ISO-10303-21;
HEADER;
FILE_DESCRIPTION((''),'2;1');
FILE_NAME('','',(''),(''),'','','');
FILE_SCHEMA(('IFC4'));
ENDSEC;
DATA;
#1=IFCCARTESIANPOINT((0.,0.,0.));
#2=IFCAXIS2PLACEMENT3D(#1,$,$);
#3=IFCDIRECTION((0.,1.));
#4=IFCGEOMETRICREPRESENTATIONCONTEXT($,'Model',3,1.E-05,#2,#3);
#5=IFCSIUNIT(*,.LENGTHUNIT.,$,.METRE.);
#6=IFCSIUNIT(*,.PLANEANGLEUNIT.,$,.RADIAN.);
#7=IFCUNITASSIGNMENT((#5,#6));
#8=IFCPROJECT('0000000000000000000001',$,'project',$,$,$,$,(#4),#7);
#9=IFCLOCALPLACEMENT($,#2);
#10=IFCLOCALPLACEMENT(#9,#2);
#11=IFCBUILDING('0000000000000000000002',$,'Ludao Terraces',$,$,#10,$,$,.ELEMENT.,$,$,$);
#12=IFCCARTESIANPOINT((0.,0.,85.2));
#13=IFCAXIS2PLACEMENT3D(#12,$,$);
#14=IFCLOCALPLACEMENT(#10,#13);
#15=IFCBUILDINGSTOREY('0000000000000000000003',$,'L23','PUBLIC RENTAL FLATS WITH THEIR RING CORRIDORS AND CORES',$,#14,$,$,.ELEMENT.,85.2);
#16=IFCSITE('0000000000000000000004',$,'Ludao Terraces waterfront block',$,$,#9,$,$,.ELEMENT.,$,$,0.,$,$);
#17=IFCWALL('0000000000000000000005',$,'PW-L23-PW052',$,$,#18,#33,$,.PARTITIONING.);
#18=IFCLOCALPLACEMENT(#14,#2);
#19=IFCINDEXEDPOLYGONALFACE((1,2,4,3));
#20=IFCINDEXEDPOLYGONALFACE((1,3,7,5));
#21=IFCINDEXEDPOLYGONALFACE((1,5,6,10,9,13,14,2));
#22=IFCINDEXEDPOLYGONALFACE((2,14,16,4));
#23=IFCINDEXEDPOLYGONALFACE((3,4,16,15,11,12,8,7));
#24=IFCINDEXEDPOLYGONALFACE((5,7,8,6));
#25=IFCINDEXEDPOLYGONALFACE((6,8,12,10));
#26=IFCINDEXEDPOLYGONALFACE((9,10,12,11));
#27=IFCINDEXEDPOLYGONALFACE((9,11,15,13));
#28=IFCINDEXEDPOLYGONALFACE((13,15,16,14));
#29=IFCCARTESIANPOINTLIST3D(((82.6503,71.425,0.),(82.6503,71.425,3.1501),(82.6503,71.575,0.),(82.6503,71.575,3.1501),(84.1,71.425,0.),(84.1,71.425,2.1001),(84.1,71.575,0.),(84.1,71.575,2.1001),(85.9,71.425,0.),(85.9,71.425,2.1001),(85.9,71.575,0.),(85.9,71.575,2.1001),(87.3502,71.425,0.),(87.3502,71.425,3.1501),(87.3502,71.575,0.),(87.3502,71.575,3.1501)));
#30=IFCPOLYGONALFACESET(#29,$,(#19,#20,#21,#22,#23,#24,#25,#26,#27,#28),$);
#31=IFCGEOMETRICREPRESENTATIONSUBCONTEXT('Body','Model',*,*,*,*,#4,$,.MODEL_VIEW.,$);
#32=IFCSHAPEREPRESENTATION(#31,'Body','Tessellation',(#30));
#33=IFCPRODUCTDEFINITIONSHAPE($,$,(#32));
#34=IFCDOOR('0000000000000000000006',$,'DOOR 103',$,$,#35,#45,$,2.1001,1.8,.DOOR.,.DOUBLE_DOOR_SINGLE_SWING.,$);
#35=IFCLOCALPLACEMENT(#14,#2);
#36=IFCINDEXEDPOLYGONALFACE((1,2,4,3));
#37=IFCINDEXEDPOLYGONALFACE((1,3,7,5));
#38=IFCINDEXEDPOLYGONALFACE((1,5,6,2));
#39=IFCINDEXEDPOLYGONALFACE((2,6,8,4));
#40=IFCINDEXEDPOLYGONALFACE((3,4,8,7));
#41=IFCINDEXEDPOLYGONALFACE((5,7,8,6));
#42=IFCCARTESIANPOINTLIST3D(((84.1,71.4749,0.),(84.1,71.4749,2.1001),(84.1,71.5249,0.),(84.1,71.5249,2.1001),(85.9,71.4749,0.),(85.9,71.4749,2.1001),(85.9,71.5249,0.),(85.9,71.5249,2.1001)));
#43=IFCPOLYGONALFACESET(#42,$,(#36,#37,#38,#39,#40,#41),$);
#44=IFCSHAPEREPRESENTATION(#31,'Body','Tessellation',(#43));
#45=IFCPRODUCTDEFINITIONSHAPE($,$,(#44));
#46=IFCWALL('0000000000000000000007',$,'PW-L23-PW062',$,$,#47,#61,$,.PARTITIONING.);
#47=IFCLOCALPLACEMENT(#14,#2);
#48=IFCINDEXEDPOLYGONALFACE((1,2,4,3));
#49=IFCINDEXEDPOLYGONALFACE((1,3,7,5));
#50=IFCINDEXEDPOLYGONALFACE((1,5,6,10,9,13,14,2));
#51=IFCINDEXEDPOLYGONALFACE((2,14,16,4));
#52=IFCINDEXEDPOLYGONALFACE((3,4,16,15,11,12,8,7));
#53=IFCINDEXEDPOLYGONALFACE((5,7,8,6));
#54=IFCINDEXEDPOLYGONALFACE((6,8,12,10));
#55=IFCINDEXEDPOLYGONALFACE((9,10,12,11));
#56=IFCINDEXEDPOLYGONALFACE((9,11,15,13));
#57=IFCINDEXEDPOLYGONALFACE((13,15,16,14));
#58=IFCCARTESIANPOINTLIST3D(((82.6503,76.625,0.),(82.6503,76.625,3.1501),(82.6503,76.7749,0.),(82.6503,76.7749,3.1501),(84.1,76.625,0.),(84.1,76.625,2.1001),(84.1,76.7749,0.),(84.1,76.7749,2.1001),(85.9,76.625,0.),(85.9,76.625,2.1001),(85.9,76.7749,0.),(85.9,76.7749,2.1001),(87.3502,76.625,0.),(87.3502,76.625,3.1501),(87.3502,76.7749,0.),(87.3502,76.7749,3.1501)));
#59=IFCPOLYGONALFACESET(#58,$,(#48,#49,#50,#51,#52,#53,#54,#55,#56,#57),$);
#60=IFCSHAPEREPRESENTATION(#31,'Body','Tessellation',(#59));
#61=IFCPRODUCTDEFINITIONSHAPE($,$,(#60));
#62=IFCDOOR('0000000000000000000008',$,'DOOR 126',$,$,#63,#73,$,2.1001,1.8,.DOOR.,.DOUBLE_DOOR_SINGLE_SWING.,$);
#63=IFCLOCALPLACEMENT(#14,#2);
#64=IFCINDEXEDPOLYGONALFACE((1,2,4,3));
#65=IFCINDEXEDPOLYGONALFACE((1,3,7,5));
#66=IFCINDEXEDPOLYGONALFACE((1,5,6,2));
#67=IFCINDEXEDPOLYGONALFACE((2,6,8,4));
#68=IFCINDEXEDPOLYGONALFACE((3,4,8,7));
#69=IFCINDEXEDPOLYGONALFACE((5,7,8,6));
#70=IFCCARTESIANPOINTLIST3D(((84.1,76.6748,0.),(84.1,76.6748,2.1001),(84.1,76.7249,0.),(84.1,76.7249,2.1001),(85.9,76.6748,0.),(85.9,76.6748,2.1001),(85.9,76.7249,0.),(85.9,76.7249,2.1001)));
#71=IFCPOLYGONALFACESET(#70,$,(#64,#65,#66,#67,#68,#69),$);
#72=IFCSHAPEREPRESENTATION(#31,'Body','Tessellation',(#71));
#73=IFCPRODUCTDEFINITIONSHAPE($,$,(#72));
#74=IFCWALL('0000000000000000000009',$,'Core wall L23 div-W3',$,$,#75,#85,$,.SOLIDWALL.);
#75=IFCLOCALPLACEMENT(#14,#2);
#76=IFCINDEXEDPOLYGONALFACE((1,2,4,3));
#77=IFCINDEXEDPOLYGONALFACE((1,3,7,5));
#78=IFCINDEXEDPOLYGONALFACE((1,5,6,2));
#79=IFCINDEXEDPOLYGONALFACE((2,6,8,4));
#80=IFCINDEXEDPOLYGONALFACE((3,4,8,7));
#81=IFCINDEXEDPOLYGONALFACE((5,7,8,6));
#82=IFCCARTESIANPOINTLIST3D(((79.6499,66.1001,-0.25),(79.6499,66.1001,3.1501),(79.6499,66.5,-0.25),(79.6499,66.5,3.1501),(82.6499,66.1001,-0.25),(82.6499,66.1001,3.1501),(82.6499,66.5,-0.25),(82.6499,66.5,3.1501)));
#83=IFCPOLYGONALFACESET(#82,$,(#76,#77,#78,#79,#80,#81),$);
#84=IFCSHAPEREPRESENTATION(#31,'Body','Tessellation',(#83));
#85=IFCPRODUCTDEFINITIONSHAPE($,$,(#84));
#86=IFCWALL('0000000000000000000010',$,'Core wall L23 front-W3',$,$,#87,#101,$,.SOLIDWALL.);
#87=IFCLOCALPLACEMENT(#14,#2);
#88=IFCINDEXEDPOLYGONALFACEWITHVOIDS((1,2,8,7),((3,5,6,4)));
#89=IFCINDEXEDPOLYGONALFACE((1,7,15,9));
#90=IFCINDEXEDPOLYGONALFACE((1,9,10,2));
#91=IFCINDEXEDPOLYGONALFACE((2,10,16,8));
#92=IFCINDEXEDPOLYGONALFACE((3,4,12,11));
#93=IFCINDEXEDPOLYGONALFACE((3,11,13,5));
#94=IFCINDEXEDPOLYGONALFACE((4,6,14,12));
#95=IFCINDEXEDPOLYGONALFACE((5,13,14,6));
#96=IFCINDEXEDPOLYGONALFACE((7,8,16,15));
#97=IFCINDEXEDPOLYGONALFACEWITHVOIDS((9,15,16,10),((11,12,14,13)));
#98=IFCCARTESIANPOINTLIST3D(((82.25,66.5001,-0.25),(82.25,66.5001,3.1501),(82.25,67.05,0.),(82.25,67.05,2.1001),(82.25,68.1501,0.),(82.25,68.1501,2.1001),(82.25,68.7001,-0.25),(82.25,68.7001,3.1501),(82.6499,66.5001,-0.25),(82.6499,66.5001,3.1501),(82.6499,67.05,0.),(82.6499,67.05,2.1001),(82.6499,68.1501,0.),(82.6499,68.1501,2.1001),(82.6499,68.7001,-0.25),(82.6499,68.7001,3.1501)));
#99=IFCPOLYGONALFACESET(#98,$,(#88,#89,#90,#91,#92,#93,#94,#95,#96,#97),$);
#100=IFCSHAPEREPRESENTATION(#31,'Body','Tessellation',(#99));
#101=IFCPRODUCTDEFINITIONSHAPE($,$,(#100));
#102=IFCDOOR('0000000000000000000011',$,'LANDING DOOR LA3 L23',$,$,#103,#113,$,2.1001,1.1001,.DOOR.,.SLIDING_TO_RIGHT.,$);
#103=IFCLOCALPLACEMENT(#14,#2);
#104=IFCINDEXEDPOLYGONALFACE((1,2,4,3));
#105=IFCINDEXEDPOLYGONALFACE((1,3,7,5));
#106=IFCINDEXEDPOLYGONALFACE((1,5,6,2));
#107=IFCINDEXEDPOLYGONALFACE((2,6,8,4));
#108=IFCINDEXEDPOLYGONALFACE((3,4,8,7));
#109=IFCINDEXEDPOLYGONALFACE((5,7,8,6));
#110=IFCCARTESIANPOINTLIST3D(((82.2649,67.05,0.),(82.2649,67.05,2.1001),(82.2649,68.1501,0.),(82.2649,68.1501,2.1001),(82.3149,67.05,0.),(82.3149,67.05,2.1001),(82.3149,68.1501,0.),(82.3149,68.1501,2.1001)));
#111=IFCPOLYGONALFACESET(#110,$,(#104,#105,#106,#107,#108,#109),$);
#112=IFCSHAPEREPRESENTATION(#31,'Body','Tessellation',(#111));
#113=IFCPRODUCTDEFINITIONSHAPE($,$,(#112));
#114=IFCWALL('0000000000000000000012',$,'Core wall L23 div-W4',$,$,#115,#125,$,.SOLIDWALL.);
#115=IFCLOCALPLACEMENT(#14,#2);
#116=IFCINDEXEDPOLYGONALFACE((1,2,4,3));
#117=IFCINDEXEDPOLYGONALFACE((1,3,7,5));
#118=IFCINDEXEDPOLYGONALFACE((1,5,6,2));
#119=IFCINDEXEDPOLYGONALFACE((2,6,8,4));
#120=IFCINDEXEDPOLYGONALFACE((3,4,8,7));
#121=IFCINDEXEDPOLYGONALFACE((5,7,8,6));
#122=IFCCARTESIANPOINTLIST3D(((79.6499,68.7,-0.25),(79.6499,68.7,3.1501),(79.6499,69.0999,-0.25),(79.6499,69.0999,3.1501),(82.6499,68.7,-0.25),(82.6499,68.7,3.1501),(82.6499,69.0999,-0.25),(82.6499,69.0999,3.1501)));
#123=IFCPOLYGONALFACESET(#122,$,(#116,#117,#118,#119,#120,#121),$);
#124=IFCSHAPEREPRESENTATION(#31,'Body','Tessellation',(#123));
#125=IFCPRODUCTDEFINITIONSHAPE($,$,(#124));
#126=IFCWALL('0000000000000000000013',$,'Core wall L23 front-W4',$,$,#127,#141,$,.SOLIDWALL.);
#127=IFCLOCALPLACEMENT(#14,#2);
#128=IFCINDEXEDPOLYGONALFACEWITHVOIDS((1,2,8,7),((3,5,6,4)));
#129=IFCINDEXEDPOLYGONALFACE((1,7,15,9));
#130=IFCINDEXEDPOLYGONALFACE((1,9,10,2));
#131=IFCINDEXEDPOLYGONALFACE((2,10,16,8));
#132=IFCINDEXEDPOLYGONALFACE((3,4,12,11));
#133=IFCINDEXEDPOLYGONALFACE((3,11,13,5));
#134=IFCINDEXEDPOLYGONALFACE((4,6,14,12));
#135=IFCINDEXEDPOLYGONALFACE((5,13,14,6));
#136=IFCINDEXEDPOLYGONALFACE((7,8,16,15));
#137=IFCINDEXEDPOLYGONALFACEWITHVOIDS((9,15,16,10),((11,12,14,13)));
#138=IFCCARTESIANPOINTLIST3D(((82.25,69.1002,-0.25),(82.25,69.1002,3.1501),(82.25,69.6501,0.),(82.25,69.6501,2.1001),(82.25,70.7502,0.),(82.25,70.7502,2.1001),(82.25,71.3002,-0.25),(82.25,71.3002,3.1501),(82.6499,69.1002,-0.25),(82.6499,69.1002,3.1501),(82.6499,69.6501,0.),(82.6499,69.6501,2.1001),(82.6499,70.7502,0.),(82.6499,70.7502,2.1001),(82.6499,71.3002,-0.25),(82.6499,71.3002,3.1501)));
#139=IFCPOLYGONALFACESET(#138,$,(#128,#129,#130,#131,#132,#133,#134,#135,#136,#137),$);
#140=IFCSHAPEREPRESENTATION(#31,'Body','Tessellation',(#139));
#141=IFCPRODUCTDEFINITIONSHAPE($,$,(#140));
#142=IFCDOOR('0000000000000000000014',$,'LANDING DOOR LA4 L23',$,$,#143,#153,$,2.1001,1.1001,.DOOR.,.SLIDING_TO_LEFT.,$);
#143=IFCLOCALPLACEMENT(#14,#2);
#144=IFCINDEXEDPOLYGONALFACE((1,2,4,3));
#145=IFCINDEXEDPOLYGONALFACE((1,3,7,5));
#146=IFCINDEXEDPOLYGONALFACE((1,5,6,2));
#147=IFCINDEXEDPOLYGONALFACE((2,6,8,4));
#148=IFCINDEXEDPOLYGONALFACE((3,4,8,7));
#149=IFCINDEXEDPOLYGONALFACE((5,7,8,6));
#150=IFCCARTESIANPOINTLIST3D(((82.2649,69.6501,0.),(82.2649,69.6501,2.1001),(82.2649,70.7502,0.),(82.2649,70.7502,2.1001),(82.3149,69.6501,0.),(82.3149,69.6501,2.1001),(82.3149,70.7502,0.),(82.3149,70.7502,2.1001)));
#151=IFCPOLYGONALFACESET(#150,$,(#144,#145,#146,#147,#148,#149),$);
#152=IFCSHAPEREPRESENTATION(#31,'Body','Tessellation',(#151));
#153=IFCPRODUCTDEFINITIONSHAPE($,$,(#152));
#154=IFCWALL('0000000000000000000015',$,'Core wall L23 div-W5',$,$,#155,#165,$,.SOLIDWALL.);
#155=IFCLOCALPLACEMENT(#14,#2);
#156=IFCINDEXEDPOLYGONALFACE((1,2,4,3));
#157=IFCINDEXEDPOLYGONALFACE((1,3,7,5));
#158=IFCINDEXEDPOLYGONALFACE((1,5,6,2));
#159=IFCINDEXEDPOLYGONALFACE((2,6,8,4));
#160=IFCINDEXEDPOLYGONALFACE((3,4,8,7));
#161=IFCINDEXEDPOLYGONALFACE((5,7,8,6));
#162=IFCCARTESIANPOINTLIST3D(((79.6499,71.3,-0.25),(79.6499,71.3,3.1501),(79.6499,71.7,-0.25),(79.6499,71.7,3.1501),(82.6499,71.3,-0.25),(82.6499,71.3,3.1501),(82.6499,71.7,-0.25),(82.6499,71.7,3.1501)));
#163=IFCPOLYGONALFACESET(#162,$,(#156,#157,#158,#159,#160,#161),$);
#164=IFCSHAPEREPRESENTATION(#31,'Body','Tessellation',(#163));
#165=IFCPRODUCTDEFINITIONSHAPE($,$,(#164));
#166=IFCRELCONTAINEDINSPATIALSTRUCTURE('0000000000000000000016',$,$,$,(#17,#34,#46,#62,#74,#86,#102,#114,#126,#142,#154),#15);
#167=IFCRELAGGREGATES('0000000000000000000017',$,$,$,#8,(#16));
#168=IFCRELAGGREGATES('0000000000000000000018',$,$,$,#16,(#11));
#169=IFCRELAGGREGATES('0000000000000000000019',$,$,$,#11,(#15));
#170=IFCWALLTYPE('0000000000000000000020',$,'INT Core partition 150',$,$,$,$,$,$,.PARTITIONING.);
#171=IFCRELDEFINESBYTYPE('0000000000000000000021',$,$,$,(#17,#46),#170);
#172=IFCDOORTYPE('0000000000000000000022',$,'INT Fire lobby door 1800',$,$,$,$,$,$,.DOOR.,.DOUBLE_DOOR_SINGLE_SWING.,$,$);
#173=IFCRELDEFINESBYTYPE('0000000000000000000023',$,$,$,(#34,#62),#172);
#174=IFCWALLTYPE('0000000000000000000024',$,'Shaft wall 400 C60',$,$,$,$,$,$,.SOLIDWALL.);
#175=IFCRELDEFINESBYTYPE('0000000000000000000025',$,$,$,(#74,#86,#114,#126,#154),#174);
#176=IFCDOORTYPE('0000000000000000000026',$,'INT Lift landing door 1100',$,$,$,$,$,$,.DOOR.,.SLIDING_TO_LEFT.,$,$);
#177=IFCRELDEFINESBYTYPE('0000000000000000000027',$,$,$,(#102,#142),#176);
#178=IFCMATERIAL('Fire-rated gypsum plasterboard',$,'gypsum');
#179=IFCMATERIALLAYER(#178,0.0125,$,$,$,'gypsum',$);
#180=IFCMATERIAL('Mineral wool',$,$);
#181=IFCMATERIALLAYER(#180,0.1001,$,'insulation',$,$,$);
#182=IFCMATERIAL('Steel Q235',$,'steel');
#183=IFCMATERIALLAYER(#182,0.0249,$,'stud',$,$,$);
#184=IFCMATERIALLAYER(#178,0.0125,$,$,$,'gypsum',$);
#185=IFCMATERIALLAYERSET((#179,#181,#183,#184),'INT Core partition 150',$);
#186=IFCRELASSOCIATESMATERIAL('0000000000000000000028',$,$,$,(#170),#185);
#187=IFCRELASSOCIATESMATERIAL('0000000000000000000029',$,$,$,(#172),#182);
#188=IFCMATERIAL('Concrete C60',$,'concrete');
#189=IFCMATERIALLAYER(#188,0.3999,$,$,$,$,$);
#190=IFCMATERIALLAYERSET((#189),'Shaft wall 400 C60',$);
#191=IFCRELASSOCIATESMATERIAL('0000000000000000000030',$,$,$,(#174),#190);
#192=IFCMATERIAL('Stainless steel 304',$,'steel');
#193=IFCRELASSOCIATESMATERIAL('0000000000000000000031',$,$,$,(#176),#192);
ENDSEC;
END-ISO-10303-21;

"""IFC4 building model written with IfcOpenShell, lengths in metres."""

from ifc_helpers import new_model, si_unit, direction, frame, frame_2d, origin, place, context, subcontext, project, spatial, rectangle, extrude, material, layer, layer_set, type_object, element, fill, save


model = new_model("IFC4")

# Units and contexts
model_context = context("Model", 3, precision=1e-05, world=origin(), true_north=direction((0.0, 1.0)))
body_context = subcontext(model_context, "Body", "Model", "MODEL_VIEW")
ifc_project = project(units=[si_unit("LENGTHUNIT", "METRE"), si_unit("PLANEANGLEUNIT", "RADIAN")], contexts=[model_context])

# Site, building, storey
site_placement = place(None, origin())
site = spatial("IfcSite", under=ifc_project, at=site_placement, Name="Ludao Terraces waterfront block", CompositionType="ELEMENT", RefElevation=0.0)
building_placement = place(site_placement, origin())
building = spatial("IfcBuilding", under=site, at=building_placement, Name="Ludao Terraces", CompositionType="ELEMENT")
storey_placement = place(building_placement, frame((0.0, 0.0, 85.2)))
storey = spatial("IfcBuildingStorey", under=building, at=storey_placement, Name="L23", Description="PUBLIC RENTAL FLATS WITH THEIR RING CORRIDORS AND CORES", CompositionType="ELEMENT", Elevation=85.2)

# Walls, openings, doors
ifc_material_1 = material(Name="Fire-rated gypsum plasterboard", Category="gypsum")
ifc_layer_1 = layer(ifc_material_1, 0.0125, Category="gypsum")
ifc_material_2 = material(Name="Mineral wool")
ifc_layer_2 = layer(ifc_material_2, 0.1001, Name="insulation")
ifc_material_3 = material(Name="Steel Q235", Category="steel")
ifc_layer_3 = layer(ifc_material_3, 0.0249, Name="stud")
ifc_layer_4 = layer(ifc_material_1, 0.0125, Category="gypsum")
ifc_layer_set_1 = layer_set([ifc_layer_1, ifc_layer_2, ifc_layer_3, ifc_layer_4], Name="INT Core partition 150")
wall_type_1 = type_object("IfcWallType", Name="INT Core partition 150", PredefinedType="PARTITIONING", material=ifc_layer_set_1)
wall_1_placement = place(storey_placement, frame((82.6501, 71.5, 0.0), z_axis=(0.0, 0.0, 1.0), x_axis=(1.0, 0.0, 0.0)))
wall_1 = element("IfcWall", 1, at=wall_1_placement, inside=storey, type_object=wall_type_1, Name="PW-L23-PW052", PredefinedType="PARTITIONING", context=body_context, shape_type="SweptSolid", body=[
    extrude(rectangle(XDim=4.7, YDim=0.1499, at=frame_2d((2.3501, 0.0))), origin(), (0.0, 0.0, 1.0), 3.1501),
])
opening_1_placement = place(wall_1_placement, frame((1.45, 0.0, 0.0)))
opening_1 = element("IfcOpeningElement", 2, at=opening_1_placement, cuts=wall_1, PredefinedType="OPENING", context=body_context, shape_type="SweptSolid", body=[
    extrude(rectangle(XDim=1.8, YDim=2.1001, at=frame_2d((0.8999, 1.05))), frame((0.0, 0.085, 0.0), z_axis=(0.0, -1.0, 0.0), x_axis=(1.0, 0.0, 0.0)), (0.0, 0.0, 1.0), 0.1699),
])
door_type_1 = type_object("IfcDoorType", Name="INT Fire lobby door 1800", OperationType="DOUBLE_DOOR_SINGLE_SWING", PredefinedType="DOOR", material=ifc_material_3)
door_1_placement = place(opening_1_placement, origin())
door_1 = element("IfcDoor", 3, at=door_1_placement, inside=storey, type_object=door_type_1, Name="DOOR 103", OperationType="DOUBLE_DOOR_SINGLE_SWING", OverallHeight=2.1001, OverallWidth=1.8, PredefinedType="DOOR", context=body_context, shape_type="SweptSolid", body=[
    extrude(rectangle(XDim=1.8, YDim=2.1001, at=frame_2d((0.8999, 1.05))), frame((0.0, 0.0249, 0.0), z_axis=(0.0, -1.0, 0.0), x_axis=(1.0, 0.0, 0.0)), (0.0, 0.0, 1.0), 0.05),
])
fill(opening_1, door_1)
wall_2_placement = place(storey_placement, frame((82.6501, 76.7, 0.0), z_axis=(0.0, 0.0, 1.0), x_axis=(1.0, 0.0, 0.0)))
wall_2 = element("IfcWall", 4, at=wall_2_placement, inside=storey, type_object=wall_type_1, Name="PW-L23-PW062", PredefinedType="PARTITIONING", context=body_context, shape_type="SweptSolid", body=[
    extrude(rectangle(XDim=4.7, YDim=0.1499, at=frame_2d((2.3501, 0.0))), origin(), (0.0, 0.0, 1.0), 3.1501),
])
opening_2_placement = place(wall_2_placement, frame((1.45, 0.0, 0.0)))
opening_2 = element("IfcOpeningElement", 5, at=opening_2_placement, cuts=wall_2, PredefinedType="OPENING", context=body_context, shape_type="SweptSolid", body=[
    extrude(rectangle(XDim=1.8, YDim=2.1001, at=frame_2d((0.8999, 1.05))), frame((0.0, 0.085, 0.0), z_axis=(0.0, -1.0, 0.0), x_axis=(1.0, 0.0, 0.0)), (0.0, 0.0, 1.0), 0.1699),
])
door_2_placement = place(opening_2_placement, origin())
door_2 = element("IfcDoor", 6, at=door_2_placement, inside=storey, type_object=door_type_1, Name="DOOR 126", OperationType="DOUBLE_DOOR_SINGLE_SWING", OverallHeight=2.1001, OverallWidth=1.8, PredefinedType="DOOR", context=body_context, shape_type="SweptSolid", body=[
    extrude(rectangle(XDim=1.8, YDim=2.1001, at=frame_2d((0.8999, 1.05))), frame((0.0, 0.0249, 0.0), z_axis=(0.0, -1.0, 0.0), x_axis=(1.0, 0.0, 0.0)), (0.0, 0.0, 1.0), 0.05),
])
fill(opening_2, door_2)

# Wall
ifc_material_4 = material(Name="Concrete C60", Category="concrete")
ifc_layer_5 = layer(ifc_material_4, 0.3999)
ifc_layer_set_2 = layer_set([ifc_layer_5], Name="Shaft wall 400 C60")
wall_type_2 = type_object("IfcWallType", Name="Shaft wall 400 C60", PredefinedType="SOLIDWALL", material=ifc_layer_set_2)
wall_3_placement = place(storey_placement, frame((79.6499, 66.3, -0.25), z_axis=(0.0, 0.0, 1.0), x_axis=(1.0, 0.0, 0.0)))
element("IfcWall", 7, at=wall_3_placement, inside=storey, type_object=wall_type_2, Name="Core wall L23 div-W3", PredefinedType="SOLIDWALL", context=body_context, shape_type="SweptSolid", body=[
    extrude(rectangle(XDim=3.0, YDim=0.3999, at=frame_2d((1.5, 0.0))), origin(), (0.0, 0.0, 1.0), 3.4001),
])

# Wall, opening, door
wall_4_placement = place(storey_placement, frame((82.45, 66.5, -0.25), z_axis=(0.0, 0.0, 1.0), x_axis=(0.0, 1.0, 0.0)))
wall_4 = element("IfcWall", 8, at=wall_4_placement, inside=storey, type_object=wall_type_2, Name="Core wall L23 front-W3", PredefinedType="SOLIDWALL", context=body_context, shape_type="SweptSolid", body=[
    extrude(rectangle(XDim=2.2, YDim=0.3999, at=frame_2d((1.1001, 0.0))), origin(), (0.0, 0.0, 1.0), 3.4001),
])
opening_3_placement = place(wall_4_placement, frame((0.55, 0.0, 0.25)))
opening_3 = element("IfcOpeningElement", 9, at=opening_3_placement, cuts=wall_4, PredefinedType="OPENING", context=body_context, shape_type="SweptSolid", body=[
    extrude(rectangle(XDim=1.1001, YDim=2.1001, at=frame_2d((0.55, 1.05))), frame((0.0, 0.21, 0.0), z_axis=(0.0, -1.0, 0.0), x_axis=(1.0, 0.0, 0.0)), (0.0, 0.0, 1.0), 0.4199),
])
ifc_material_5 = material(Name="Stainless steel 304", Category="steel")
door_type_2 = type_object("IfcDoorType", Name="INT Lift landing door 1100", OperationType="SLIDING_TO_LEFT", PredefinedType="DOOR", material=ifc_material_5)
door_3_placement = place(opening_3_placement, origin())
door_3 = element("IfcDoor", 10, at=door_3_placement, inside=storey, type_object=door_type_2, Name="LANDING DOOR LA3 L23", OperationType="SLIDING_TO_RIGHT", OverallHeight=2.1001, OverallWidth=1.1001, PredefinedType="DOOR", context=body_context, shape_type="SweptSolid", body=[
    extrude(rectangle(XDim=1.1001, YDim=2.1001, at=frame_2d((0.55, 1.05))), frame((0.0, 0.1851, 0.0), z_axis=(0.0, -1.0, 0.0), x_axis=(1.0, 0.0, 0.0)), (0.0, 0.0, 1.0), 0.05),
])
fill(opening_3, door_3)

# Wall
wall_5_placement = place(storey_placement, frame((79.6499, 68.8999, -0.25), z_axis=(0.0, 0.0, 1.0), x_axis=(1.0, 0.0, 0.0)))
element("IfcWall", 11, at=wall_5_placement, inside=storey, type_object=wall_type_2, Name="Core wall L23 div-W4", PredefinedType="SOLIDWALL", context=body_context, shape_type="SweptSolid", body=[
    extrude(rectangle(XDim=3.0, YDim=0.3999, at=frame_2d((1.5, 0.0))), origin(), (0.0, 0.0, 1.0), 3.4001),
])

# Wall, opening, door
wall_6_placement = place(storey_placement, frame((82.45, 69.1001, -0.25), z_axis=(0.0, 0.0, 1.0), x_axis=(0.0, 1.0, 0.0)))
wall_6 = element("IfcWall", 12, at=wall_6_placement, inside=storey, type_object=wall_type_2, Name="Core wall L23 front-W4", PredefinedType="SOLIDWALL", context=body_context, shape_type="SweptSolid", body=[
    extrude(rectangle(XDim=2.2, YDim=0.3999, at=frame_2d((1.1001, 0.0))), origin(), (0.0, 0.0, 1.0), 3.4001),
])
opening_4_placement = place(wall_6_placement, frame((0.55, 0.0, 0.25)))
opening_4 = element("IfcOpeningElement", 13, at=opening_4_placement, cuts=wall_6, PredefinedType="OPENING", context=body_context, shape_type="SweptSolid", body=[
    extrude(rectangle(XDim=1.1001, YDim=2.1001, at=frame_2d((0.55, 1.05))), frame((0.0, 0.21, 0.0), z_axis=(0.0, -1.0, 0.0), x_axis=(1.0, 0.0, 0.0)), (0.0, 0.0, 1.0), 0.4199),
])
door_4_placement = place(opening_4_placement, origin())
door_4 = element("IfcDoor", 14, at=door_4_placement, inside=storey, type_object=door_type_2, Name="LANDING DOOR LA4 L23", OperationType="SLIDING_TO_LEFT", OverallHeight=2.1001, OverallWidth=1.1001, PredefinedType="DOOR", context=body_context, shape_type="SweptSolid", body=[
    extrude(rectangle(XDim=1.1001, YDim=2.1001, at=frame_2d((0.55, 1.05))), frame((0.0, 0.1851, 0.0), z_axis=(0.0, -1.0, 0.0), x_axis=(1.0, 0.0, 0.0)), (0.0, 0.0, 1.0), 0.05),
])
fill(opening_4, door_4)

# Wall
wall_7_placement = place(storey_placement, frame((79.6499, 71.5, -0.25), z_axis=(0.0, 0.0, 1.0), x_axis=(1.0, 0.0, 0.0)))
element("IfcWall", 15, at=wall_7_placement, inside=storey, type_object=wall_type_2, Name="Core wall L23 div-W5", PredefinedType="SOLIDWALL", context=body_context, shape_type="SweptSolid", body=[
    extrude(rectangle(XDim=3.0, YDim=0.3999, at=frame_2d((1.5, 0.0))), origin(), (0.0, 0.0, 1.0), 3.4001),
])

save(model, "model.ifc")
